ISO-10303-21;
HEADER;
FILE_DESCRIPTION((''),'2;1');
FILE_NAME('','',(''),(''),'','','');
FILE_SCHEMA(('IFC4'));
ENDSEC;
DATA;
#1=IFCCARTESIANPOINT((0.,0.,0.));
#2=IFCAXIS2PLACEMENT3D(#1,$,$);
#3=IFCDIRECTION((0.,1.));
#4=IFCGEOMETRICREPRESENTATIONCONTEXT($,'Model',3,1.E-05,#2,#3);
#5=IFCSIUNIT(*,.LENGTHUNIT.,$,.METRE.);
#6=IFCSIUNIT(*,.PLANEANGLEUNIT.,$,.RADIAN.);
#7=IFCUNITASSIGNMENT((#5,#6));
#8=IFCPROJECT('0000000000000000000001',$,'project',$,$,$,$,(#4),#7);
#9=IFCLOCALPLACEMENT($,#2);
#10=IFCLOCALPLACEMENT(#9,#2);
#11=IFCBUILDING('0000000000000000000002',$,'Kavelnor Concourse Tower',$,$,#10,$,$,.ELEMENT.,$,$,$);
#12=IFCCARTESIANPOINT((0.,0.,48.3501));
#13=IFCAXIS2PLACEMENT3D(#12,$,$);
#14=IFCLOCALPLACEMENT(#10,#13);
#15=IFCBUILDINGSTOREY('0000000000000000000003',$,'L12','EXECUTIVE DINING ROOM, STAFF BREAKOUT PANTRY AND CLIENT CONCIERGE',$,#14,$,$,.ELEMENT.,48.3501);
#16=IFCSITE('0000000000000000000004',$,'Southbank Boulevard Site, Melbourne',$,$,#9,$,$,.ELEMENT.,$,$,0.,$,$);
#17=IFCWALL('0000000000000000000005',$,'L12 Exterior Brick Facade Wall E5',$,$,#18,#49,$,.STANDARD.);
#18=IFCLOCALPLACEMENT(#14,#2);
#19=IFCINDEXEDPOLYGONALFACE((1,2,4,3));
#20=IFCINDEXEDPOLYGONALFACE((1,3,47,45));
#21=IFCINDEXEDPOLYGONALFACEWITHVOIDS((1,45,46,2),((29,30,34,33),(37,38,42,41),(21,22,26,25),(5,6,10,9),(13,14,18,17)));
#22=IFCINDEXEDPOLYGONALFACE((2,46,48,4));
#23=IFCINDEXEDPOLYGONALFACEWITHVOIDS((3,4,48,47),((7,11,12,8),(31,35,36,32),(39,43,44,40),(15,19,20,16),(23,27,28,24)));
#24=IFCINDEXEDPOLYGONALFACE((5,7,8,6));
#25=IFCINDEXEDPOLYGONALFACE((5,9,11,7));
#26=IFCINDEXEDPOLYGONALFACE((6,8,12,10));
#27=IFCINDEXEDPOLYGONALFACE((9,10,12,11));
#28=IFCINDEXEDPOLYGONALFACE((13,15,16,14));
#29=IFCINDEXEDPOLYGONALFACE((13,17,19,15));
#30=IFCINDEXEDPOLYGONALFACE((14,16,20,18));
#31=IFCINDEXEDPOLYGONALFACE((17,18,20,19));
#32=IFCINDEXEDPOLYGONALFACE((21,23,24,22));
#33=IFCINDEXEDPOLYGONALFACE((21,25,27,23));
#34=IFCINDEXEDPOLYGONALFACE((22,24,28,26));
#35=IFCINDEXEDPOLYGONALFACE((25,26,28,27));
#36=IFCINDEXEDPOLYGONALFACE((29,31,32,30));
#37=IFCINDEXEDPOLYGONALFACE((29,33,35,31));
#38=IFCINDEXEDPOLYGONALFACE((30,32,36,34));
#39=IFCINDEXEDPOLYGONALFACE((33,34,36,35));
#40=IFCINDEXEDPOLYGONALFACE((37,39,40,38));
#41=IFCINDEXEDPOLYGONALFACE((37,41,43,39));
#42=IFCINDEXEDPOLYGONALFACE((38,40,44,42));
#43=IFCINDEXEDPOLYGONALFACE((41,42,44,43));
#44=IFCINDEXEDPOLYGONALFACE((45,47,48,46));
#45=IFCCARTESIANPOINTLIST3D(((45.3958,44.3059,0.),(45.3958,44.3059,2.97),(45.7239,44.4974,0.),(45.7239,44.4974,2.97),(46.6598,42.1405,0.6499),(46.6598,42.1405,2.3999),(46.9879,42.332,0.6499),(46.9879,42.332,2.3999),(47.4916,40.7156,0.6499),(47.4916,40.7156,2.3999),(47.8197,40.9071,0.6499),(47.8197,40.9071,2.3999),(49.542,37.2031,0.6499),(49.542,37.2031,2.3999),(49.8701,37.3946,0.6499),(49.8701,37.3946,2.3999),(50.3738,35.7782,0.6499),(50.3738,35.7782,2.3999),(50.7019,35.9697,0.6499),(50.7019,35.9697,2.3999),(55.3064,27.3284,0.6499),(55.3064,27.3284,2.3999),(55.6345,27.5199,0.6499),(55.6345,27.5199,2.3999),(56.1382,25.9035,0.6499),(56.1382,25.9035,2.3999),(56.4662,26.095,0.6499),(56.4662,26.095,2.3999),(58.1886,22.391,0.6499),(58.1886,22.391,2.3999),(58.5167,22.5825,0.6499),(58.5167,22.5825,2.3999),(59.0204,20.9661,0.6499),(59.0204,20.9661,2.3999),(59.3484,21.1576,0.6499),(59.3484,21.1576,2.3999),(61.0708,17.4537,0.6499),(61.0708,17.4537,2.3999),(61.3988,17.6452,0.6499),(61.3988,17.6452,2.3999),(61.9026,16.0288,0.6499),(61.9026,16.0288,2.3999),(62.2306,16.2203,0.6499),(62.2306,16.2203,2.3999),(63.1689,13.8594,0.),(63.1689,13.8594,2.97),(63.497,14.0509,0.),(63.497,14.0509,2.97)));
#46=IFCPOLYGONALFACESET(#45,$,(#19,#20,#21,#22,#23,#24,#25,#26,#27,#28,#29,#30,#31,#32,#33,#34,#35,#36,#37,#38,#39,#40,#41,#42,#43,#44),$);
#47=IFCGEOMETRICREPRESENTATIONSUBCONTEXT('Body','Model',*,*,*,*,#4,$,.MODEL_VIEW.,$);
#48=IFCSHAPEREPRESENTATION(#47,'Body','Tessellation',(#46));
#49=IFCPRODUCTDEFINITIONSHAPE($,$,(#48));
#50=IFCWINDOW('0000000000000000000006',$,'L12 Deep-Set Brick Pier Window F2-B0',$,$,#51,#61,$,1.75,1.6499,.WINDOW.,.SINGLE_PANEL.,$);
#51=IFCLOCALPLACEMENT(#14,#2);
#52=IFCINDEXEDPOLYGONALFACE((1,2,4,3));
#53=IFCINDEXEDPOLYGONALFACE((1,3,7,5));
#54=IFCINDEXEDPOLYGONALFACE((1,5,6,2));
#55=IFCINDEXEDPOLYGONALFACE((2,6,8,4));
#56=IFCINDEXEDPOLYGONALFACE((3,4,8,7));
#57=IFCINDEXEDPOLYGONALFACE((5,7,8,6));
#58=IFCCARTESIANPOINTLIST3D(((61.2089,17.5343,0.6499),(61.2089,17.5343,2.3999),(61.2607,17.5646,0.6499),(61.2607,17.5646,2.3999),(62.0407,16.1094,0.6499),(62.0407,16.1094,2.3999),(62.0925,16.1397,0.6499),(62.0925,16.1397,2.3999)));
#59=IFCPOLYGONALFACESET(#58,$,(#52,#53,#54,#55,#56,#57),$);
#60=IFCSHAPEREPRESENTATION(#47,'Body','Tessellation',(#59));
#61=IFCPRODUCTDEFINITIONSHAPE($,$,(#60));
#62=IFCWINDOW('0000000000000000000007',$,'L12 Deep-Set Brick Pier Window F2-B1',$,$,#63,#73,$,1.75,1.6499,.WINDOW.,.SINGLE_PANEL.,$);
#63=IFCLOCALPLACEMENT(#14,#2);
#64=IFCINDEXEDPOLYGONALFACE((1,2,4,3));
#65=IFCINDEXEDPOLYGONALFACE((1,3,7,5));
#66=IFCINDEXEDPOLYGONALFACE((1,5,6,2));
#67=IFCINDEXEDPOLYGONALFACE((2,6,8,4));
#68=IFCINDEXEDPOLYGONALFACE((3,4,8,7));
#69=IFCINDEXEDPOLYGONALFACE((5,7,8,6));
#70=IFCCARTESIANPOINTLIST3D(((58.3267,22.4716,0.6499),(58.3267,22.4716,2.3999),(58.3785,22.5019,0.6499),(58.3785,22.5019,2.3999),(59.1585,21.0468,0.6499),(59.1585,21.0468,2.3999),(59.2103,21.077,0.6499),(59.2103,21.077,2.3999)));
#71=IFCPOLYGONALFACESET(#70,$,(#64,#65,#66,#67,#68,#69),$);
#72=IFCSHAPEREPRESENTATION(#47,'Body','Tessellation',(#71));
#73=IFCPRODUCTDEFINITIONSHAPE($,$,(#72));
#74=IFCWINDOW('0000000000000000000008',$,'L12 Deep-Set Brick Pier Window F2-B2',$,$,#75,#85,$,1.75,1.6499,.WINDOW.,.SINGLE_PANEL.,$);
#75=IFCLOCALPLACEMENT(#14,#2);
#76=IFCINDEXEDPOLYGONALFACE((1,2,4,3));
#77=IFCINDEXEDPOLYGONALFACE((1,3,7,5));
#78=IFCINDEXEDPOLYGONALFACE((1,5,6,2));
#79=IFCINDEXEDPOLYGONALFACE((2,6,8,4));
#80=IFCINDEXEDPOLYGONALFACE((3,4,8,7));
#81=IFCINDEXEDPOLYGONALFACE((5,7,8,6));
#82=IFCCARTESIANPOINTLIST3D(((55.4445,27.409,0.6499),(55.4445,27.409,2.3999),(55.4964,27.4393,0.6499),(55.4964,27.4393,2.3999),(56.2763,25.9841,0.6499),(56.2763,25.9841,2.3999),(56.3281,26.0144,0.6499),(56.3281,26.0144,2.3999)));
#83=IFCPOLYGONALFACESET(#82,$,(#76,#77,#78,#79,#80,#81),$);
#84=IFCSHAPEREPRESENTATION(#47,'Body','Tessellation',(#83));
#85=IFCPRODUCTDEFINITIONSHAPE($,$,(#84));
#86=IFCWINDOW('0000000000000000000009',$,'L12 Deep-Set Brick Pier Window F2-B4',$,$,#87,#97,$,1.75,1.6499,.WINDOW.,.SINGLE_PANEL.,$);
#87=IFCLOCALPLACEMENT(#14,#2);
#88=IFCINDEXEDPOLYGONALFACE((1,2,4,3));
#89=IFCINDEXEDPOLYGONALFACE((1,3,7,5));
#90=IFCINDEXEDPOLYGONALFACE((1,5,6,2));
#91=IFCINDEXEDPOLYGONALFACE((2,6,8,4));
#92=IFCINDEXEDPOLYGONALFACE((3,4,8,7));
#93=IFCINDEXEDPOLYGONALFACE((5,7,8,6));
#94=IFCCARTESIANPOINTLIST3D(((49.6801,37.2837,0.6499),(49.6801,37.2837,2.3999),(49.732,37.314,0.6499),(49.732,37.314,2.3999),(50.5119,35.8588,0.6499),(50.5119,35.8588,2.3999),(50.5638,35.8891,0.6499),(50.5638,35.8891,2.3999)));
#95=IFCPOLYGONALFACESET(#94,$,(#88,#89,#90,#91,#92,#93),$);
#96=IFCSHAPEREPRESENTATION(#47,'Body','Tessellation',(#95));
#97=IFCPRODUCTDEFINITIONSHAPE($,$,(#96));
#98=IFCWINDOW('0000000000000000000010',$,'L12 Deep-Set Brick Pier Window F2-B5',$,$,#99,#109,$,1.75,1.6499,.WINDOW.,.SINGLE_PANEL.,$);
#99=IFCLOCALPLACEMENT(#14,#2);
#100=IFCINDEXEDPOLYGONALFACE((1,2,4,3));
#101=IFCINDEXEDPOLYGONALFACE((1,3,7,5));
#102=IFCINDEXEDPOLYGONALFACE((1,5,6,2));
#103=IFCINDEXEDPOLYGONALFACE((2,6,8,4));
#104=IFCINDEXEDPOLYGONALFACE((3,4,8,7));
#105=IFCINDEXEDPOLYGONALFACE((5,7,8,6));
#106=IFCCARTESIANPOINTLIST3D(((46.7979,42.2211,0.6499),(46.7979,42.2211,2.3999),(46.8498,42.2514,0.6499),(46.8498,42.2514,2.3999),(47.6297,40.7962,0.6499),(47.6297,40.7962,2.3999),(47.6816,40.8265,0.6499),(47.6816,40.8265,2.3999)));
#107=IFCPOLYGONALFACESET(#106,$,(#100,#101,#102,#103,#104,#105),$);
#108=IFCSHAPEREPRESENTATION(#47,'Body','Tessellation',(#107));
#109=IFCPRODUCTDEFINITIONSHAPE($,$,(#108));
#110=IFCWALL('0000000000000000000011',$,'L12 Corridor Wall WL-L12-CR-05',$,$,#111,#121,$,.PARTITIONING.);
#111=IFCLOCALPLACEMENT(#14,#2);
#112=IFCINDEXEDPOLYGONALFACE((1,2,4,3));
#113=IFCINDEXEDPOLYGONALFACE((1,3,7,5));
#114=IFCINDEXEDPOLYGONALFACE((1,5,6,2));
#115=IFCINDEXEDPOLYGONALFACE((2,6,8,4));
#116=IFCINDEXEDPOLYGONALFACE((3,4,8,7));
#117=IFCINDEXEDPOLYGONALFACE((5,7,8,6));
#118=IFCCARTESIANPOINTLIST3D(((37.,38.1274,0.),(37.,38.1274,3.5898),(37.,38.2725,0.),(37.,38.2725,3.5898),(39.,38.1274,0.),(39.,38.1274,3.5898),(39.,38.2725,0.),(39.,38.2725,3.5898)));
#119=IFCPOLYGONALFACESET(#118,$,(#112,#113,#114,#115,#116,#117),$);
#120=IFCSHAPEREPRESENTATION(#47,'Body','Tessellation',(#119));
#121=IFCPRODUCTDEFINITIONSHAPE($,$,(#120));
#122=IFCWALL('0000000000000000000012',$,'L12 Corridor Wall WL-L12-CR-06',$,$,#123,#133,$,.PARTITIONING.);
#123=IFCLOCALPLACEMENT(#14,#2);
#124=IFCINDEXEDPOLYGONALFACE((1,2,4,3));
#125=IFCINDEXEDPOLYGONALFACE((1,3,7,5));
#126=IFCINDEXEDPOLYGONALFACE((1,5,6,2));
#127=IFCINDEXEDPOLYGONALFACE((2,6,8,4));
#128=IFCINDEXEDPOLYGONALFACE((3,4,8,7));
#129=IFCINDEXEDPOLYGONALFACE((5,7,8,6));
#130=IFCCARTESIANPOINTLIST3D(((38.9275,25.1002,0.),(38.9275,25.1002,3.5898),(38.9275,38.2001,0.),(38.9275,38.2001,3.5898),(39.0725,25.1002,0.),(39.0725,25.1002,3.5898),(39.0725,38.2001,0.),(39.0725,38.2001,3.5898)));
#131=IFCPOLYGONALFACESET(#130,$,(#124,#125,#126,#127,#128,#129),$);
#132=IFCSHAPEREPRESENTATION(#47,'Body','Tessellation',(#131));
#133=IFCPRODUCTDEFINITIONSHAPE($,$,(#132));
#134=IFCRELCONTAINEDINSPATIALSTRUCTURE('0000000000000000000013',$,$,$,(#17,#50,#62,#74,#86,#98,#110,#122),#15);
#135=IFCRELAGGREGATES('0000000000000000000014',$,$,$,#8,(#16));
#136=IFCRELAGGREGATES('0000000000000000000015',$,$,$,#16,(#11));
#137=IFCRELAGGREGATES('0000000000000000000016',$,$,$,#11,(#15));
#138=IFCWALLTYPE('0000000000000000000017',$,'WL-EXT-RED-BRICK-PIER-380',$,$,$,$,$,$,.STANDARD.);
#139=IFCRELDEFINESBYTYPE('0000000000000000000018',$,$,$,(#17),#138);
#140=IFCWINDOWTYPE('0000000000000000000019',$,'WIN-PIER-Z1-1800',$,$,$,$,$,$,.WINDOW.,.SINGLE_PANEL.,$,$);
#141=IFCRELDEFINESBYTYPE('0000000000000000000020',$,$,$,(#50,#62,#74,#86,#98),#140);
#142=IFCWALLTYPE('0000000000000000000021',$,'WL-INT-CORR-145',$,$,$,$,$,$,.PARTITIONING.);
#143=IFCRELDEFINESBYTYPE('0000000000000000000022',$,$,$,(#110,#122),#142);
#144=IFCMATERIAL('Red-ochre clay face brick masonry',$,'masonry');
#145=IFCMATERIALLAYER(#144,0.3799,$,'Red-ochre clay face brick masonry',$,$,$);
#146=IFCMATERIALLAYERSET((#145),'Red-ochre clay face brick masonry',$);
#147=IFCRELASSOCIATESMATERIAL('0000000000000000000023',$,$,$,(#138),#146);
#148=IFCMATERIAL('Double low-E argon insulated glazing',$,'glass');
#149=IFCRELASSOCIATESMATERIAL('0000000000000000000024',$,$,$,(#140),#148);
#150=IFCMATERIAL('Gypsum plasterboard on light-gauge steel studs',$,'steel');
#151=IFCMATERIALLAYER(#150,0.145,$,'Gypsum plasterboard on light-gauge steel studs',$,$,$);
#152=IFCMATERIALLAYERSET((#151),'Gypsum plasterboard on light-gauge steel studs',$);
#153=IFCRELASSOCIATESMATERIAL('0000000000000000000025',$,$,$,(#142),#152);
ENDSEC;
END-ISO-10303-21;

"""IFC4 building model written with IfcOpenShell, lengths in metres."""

from ifc_helpers import new_model, si_unit, direction, frame, frame_2d, origin, place, context, subcontext, project, spatial, rectangle, extrude, material, layer, layer_set, type_object, element, fill, save


model = new_model("IFC4")

# Units and contexts
model_context = context("Model", 3, precision=1e-05, world=origin(), true_north=direction((0.0, 1.0)))
body_context = subcontext(model_context, "Body", "Model", "MODEL_VIEW")
ifc_project = project(units=[si_unit("LENGTHUNIT", "METRE"), si_unit("PLANEANGLEUNIT", "RADIAN")], contexts=[model_context])

# Site, building, storey
site_placement = place(None, origin())
site = spatial("IfcSite", under=ifc_project, at=site_placement, Name="Southbank Boulevard Site, Melbourne", CompositionType="ELEMENT", RefElevation=0.0)
building_placement = place(site_placement, origin())
building = spatial("IfcBuilding", under=site, at=building_placement, Name="Kavelnor Concourse Tower", CompositionType="ELEMENT")
storey_placement = place(building_placement, frame((0.0, 0.0, 48.3501)))
storey = spatial("IfcBuildingStorey", under=building, at=storey_placement, Name="L12", Description="EXECUTIVE DINING ROOM, STAFF BREAKOUT PANTRY AND CLIENT CONCIERGE", CompositionType="ELEMENT", Elevation=48.3501)

# Wall, openings, windows
ifc_material_1 = material(Name="Red-ochre clay face brick masonry", Category="masonry")
ifc_layer_1 = layer(ifc_material_1, 0.3799, Name="Red-ochre clay face brick masonry")
ifc_layer_set_1 = layer_set([ifc_layer_1], Name="Red-ochre clay face brick masonry")
wall_type_1 = type_object("IfcWallType", Name="WL-EXT-RED-BRICK-PIER-380", PredefinedType="STANDARD", material=ifc_layer_set_1)
wall_1_placement = place(storey_placement, frame((45.5598, 44.4016, 0.0), z_axis=(0.0, 0.0, 1.0), x_axis=(0.50414, -0.863622, 0.0)))
wall_1 = element("IfcWall", 1, at=wall_1_placement, inside=storey, type_object=wall_type_1, Name="L12 Exterior Brick Facade Wall E5", PredefinedType="STANDARD", context=body_context, shape_type="SweptSolid", body=[
    extrude(rectangle(XDim=35.2544, YDim=0.3799, at=frame_2d((17.6272, 0.0))), origin(), (0.0, 0.0, 1.0), 2.97),
])
opening_1_placement = place(wall_1_placement, frame((31.0925, 0.0, 0.6499)))
opening_1 = element("IfcOpeningElement", 2, at=opening_1_placement, cuts=wall_1, PredefinedType="OPENING", context=body_context, shape_type="SweptSolid", body=[
    extrude(rectangle(XDim=1.6499, YDim=1.75, at=frame_2d((0.825, 0.875))), frame((0.0, 0.2, 0.0), z_axis=(0.0, -1.0, 0.0), x_axis=(1.0, 0.0, 0.0)), (0.0, 0.0, 1.0), 0.3999),
])
opening_2_placement = place(wall_1_placement, frame((25.3755, 0.0, 0.6499)))
opening_2 = element("IfcOpeningElement", 3, at=opening_2_placement, cuts=wall_1, PredefinedType="OPENING", context=body_context, shape_type="SweptSolid", body=[
    extrude(rectangle(XDim=1.6499, YDim=1.75, at=frame_2d((0.825, 0.875))), frame((0.0, 0.2, 0.0), z_axis=(0.0, -1.0, 0.0), x_axis=(1.0, 0.0, 0.0)), (0.0, 0.0, 1.0), 0.3999),
])
opening_3_placement = place(wall_1_placement, frame((19.6584, 0.0, 0.6499)))
opening_3 = element("IfcOpeningElement", 4, at=opening_3_placement, cuts=wall_1, PredefinedType="OPENING", context=body_context, shape_type="SweptSolid", body=[
    extrude(rectangle(XDim=1.6499, YDim=1.75, at=frame_2d((0.825, 0.875))), frame((0.0, 0.2, 0.0), z_axis=(0.0, -1.0, 0.0), x_axis=(1.0, 0.0, 0.0)), (0.0, 0.0, 1.0), 0.3999),
])
opening_4_placement = place(wall_1_placement, frame((8.2244, 0.0, 0.6499)))
opening_4 = element("IfcOpeningElement", 5, at=opening_4_placement, cuts=wall_1, PredefinedType="OPENING", context=body_context, shape_type="SweptSolid", body=[
    extrude(rectangle(XDim=1.6499, YDim=1.75, at=frame_2d((0.825, 0.875))), frame((0.0, 0.2, 0.0), z_axis=(0.0, -1.0, 0.0), x_axis=(1.0, 0.0, 0.0)), (0.0, 0.0, 1.0), 0.3999),
])
opening_5_placement = place(wall_1_placement, frame((2.5073, 0.0, 0.6499)))
opening_5 = element("IfcOpeningElement", 6, at=opening_5_placement, cuts=wall_1, PredefinedType="OPENING", context=body_context, shape_type="SweptSolid", body=[
    extrude(rectangle(XDim=1.6499, YDim=1.75, at=frame_2d((0.825, 0.875))), frame((0.0, 0.2, 0.0), z_axis=(0.0, -1.0, 0.0), x_axis=(1.0, 0.0, 0.0)), (0.0, 0.0, 1.0), 0.3999),
])
ifc_material_2 = material(Name="Double low-E argon insulated glazing", Category="glass")
window_type = type_object("IfcWindowType", Name="WIN-PIER-Z1-1800", PartitioningType="SINGLE_PANEL", PredefinedType="WINDOW", material=ifc_material_2)
window_1_placement = place(opening_1_placement, origin())
window_1 = element("IfcWindow", 7, at=window_1_placement, inside=storey, type_object=window_type, Name="L12 Deep-Set Brick Pier Window F2-B0", OverallHeight=1.75, OverallWidth=1.6499, PartitioningType="SINGLE_PANEL", PredefinedType="WINDOW", context=body_context, shape_type="SweptSolid", body=[
    extrude(rectangle(XDim=1.6499, YDim=1.75, at=frame_2d((0.825, 0.875))), frame((0.0, 0.03, 0.0), z_axis=(0.0, -1.0, 0.0), x_axis=(1.0, 0.0, 0.0)), (0.0, 0.0, 1.0), 0.0601),
])
fill(opening_1, window_1)
window_2_placement = place(opening_2_placement, origin())
window_2 = element("IfcWindow", 8, at=window_2_placement, inside=storey, type_object=window_type, Name="L12 Deep-Set Brick Pier Window F2-B1", OverallHeight=1.75, OverallWidth=1.6499, PartitioningType="SINGLE_PANEL", PredefinedType="WINDOW", context=body_context, shape_type="SweptSolid", body=[
    extrude(rectangle(XDim=1.6499, YDim=1.75, at=frame_2d((0.825, 0.875))), frame((0.0, 0.03, 0.0), z_axis=(0.0, -1.0, 0.0), x_axis=(1.0, 0.0, 0.0)), (0.0, 0.0, 1.0), 0.0601),
])
fill(opening_2, window_2)
window_3_placement = place(opening_3_placement, origin())
window_3 = element("IfcWindow", 9, at=window_3_placement, inside=storey, type_object=window_type, Name="L12 Deep-Set Brick Pier Window F2-B2", OverallHeight=1.75, OverallWidth=1.6499, PartitioningType="SINGLE_PANEL", PredefinedType="WINDOW", context=body_context, shape_type="SweptSolid", body=[
    extrude(rectangle(XDim=1.6499, YDim=1.75, at=frame_2d((0.825, 0.875))), frame((0.0, 0.03, 0.0), z_axis=(0.0, -1.0, 0.0), x_axis=(1.0, 0.0, 0.0)), (0.0, 0.0, 1.0), 0.0601),
])
fill(opening_3, window_3)
window_4_placement = place(opening_4_placement, origin())
window_4 = element("IfcWindow", 10, at=window_4_placement, inside=storey, type_object=window_type, Name="L12 Deep-Set Brick Pier Window F2-B4", OverallHeight=1.75, OverallWidth=1.6499, PartitioningType="SINGLE_PANEL", PredefinedType="WINDOW", context=body_context, shape_type="SweptSolid", body=[
    extrude(rectangle(XDim=1.6499, YDim=1.75, at=frame_2d((0.825, 0.875))), frame((0.0, 0.03, 0.0), z_axis=(0.0, -1.0, 0.0), x_axis=(1.0, 0.0, 0.0)), (0.0, 0.0, 1.0), 0.0601),
])
fill(opening_4, window_4)
window_5_placement = place(opening_5_placement, origin())
window_5 = element("IfcWindow", 11, at=window_5_placement, inside=storey, type_object=window_type, Name="L12 Deep-Set Brick Pier Window F2-B5", OverallHeight=1.75, OverallWidth=1.6499, PartitioningType="SINGLE_PANEL", PredefinedType="WINDOW", context=body_context, shape_type="SweptSolid", body=[
    extrude(rectangle(XDim=1.6499, YDim=1.75, at=frame_2d((0.825, 0.875))), frame((0.0, 0.03, 0.0), z_axis=(0.0, -1.0, 0.0), x_axis=(1.0, 0.0, 0.0)), (0.0, 0.0, 1.0), 0.0601),
])
fill(opening_5, window_5)

# Walls
ifc_material_3 = material(Name="Gypsum plasterboard on light-gauge steel studs", Category="steel")
ifc_layer_2 = layer(ifc_material_3, 0.145, Name="Gypsum plasterboard on light-gauge steel studs")
ifc_layer_set_2 = layer_set([ifc_layer_2], Name="Gypsum plasterboard on light-gauge steel studs")
wall_type_2 = type_object("IfcWallType", Name="WL-INT-CORR-145", PredefinedType="PARTITIONING", material=ifc_layer_set_2)
wall_2_placement = place(storey_placement, frame((37.0, 38.2, 0.0), z_axis=(0.0, 0.0, 1.0), x_axis=(1.0, 0.0, 0.0)))
element("IfcWall", 12, at=wall_2_placement, inside=storey, type_object=wall_type_2, Name="L12 Corridor Wall WL-L12-CR-05", PredefinedType="PARTITIONING", context=body_context, shape_type="SweptSolid", body=[
    extrude(rectangle(XDim=2.0, YDim=0.145, at=frame_2d((1.0, 0.0))), origin(), (0.0, 0.0, 1.0), 3.5898),
])
wall_3_placement = place(storey_placement, frame((39.0, 38.2, 0.0), z_axis=(0.0, 0.0, 1.0), x_axis=(0.0, -1.0, 0.0)))
element("IfcWall", 13, at=wall_3_placement, inside=storey, type_object=wall_type_2, Name="L12 Corridor Wall WL-L12-CR-06", PredefinedType="PARTITIONING", context=body_context, shape_type="SweptSolid", body=[
    extrude(rectangle(XDim=13.0999, YDim=0.145, at=frame_2d((6.5498, 0.0))), origin(), (0.0, 0.0, 1.0), 3.5898),
])

save(model, "model.ifc")
